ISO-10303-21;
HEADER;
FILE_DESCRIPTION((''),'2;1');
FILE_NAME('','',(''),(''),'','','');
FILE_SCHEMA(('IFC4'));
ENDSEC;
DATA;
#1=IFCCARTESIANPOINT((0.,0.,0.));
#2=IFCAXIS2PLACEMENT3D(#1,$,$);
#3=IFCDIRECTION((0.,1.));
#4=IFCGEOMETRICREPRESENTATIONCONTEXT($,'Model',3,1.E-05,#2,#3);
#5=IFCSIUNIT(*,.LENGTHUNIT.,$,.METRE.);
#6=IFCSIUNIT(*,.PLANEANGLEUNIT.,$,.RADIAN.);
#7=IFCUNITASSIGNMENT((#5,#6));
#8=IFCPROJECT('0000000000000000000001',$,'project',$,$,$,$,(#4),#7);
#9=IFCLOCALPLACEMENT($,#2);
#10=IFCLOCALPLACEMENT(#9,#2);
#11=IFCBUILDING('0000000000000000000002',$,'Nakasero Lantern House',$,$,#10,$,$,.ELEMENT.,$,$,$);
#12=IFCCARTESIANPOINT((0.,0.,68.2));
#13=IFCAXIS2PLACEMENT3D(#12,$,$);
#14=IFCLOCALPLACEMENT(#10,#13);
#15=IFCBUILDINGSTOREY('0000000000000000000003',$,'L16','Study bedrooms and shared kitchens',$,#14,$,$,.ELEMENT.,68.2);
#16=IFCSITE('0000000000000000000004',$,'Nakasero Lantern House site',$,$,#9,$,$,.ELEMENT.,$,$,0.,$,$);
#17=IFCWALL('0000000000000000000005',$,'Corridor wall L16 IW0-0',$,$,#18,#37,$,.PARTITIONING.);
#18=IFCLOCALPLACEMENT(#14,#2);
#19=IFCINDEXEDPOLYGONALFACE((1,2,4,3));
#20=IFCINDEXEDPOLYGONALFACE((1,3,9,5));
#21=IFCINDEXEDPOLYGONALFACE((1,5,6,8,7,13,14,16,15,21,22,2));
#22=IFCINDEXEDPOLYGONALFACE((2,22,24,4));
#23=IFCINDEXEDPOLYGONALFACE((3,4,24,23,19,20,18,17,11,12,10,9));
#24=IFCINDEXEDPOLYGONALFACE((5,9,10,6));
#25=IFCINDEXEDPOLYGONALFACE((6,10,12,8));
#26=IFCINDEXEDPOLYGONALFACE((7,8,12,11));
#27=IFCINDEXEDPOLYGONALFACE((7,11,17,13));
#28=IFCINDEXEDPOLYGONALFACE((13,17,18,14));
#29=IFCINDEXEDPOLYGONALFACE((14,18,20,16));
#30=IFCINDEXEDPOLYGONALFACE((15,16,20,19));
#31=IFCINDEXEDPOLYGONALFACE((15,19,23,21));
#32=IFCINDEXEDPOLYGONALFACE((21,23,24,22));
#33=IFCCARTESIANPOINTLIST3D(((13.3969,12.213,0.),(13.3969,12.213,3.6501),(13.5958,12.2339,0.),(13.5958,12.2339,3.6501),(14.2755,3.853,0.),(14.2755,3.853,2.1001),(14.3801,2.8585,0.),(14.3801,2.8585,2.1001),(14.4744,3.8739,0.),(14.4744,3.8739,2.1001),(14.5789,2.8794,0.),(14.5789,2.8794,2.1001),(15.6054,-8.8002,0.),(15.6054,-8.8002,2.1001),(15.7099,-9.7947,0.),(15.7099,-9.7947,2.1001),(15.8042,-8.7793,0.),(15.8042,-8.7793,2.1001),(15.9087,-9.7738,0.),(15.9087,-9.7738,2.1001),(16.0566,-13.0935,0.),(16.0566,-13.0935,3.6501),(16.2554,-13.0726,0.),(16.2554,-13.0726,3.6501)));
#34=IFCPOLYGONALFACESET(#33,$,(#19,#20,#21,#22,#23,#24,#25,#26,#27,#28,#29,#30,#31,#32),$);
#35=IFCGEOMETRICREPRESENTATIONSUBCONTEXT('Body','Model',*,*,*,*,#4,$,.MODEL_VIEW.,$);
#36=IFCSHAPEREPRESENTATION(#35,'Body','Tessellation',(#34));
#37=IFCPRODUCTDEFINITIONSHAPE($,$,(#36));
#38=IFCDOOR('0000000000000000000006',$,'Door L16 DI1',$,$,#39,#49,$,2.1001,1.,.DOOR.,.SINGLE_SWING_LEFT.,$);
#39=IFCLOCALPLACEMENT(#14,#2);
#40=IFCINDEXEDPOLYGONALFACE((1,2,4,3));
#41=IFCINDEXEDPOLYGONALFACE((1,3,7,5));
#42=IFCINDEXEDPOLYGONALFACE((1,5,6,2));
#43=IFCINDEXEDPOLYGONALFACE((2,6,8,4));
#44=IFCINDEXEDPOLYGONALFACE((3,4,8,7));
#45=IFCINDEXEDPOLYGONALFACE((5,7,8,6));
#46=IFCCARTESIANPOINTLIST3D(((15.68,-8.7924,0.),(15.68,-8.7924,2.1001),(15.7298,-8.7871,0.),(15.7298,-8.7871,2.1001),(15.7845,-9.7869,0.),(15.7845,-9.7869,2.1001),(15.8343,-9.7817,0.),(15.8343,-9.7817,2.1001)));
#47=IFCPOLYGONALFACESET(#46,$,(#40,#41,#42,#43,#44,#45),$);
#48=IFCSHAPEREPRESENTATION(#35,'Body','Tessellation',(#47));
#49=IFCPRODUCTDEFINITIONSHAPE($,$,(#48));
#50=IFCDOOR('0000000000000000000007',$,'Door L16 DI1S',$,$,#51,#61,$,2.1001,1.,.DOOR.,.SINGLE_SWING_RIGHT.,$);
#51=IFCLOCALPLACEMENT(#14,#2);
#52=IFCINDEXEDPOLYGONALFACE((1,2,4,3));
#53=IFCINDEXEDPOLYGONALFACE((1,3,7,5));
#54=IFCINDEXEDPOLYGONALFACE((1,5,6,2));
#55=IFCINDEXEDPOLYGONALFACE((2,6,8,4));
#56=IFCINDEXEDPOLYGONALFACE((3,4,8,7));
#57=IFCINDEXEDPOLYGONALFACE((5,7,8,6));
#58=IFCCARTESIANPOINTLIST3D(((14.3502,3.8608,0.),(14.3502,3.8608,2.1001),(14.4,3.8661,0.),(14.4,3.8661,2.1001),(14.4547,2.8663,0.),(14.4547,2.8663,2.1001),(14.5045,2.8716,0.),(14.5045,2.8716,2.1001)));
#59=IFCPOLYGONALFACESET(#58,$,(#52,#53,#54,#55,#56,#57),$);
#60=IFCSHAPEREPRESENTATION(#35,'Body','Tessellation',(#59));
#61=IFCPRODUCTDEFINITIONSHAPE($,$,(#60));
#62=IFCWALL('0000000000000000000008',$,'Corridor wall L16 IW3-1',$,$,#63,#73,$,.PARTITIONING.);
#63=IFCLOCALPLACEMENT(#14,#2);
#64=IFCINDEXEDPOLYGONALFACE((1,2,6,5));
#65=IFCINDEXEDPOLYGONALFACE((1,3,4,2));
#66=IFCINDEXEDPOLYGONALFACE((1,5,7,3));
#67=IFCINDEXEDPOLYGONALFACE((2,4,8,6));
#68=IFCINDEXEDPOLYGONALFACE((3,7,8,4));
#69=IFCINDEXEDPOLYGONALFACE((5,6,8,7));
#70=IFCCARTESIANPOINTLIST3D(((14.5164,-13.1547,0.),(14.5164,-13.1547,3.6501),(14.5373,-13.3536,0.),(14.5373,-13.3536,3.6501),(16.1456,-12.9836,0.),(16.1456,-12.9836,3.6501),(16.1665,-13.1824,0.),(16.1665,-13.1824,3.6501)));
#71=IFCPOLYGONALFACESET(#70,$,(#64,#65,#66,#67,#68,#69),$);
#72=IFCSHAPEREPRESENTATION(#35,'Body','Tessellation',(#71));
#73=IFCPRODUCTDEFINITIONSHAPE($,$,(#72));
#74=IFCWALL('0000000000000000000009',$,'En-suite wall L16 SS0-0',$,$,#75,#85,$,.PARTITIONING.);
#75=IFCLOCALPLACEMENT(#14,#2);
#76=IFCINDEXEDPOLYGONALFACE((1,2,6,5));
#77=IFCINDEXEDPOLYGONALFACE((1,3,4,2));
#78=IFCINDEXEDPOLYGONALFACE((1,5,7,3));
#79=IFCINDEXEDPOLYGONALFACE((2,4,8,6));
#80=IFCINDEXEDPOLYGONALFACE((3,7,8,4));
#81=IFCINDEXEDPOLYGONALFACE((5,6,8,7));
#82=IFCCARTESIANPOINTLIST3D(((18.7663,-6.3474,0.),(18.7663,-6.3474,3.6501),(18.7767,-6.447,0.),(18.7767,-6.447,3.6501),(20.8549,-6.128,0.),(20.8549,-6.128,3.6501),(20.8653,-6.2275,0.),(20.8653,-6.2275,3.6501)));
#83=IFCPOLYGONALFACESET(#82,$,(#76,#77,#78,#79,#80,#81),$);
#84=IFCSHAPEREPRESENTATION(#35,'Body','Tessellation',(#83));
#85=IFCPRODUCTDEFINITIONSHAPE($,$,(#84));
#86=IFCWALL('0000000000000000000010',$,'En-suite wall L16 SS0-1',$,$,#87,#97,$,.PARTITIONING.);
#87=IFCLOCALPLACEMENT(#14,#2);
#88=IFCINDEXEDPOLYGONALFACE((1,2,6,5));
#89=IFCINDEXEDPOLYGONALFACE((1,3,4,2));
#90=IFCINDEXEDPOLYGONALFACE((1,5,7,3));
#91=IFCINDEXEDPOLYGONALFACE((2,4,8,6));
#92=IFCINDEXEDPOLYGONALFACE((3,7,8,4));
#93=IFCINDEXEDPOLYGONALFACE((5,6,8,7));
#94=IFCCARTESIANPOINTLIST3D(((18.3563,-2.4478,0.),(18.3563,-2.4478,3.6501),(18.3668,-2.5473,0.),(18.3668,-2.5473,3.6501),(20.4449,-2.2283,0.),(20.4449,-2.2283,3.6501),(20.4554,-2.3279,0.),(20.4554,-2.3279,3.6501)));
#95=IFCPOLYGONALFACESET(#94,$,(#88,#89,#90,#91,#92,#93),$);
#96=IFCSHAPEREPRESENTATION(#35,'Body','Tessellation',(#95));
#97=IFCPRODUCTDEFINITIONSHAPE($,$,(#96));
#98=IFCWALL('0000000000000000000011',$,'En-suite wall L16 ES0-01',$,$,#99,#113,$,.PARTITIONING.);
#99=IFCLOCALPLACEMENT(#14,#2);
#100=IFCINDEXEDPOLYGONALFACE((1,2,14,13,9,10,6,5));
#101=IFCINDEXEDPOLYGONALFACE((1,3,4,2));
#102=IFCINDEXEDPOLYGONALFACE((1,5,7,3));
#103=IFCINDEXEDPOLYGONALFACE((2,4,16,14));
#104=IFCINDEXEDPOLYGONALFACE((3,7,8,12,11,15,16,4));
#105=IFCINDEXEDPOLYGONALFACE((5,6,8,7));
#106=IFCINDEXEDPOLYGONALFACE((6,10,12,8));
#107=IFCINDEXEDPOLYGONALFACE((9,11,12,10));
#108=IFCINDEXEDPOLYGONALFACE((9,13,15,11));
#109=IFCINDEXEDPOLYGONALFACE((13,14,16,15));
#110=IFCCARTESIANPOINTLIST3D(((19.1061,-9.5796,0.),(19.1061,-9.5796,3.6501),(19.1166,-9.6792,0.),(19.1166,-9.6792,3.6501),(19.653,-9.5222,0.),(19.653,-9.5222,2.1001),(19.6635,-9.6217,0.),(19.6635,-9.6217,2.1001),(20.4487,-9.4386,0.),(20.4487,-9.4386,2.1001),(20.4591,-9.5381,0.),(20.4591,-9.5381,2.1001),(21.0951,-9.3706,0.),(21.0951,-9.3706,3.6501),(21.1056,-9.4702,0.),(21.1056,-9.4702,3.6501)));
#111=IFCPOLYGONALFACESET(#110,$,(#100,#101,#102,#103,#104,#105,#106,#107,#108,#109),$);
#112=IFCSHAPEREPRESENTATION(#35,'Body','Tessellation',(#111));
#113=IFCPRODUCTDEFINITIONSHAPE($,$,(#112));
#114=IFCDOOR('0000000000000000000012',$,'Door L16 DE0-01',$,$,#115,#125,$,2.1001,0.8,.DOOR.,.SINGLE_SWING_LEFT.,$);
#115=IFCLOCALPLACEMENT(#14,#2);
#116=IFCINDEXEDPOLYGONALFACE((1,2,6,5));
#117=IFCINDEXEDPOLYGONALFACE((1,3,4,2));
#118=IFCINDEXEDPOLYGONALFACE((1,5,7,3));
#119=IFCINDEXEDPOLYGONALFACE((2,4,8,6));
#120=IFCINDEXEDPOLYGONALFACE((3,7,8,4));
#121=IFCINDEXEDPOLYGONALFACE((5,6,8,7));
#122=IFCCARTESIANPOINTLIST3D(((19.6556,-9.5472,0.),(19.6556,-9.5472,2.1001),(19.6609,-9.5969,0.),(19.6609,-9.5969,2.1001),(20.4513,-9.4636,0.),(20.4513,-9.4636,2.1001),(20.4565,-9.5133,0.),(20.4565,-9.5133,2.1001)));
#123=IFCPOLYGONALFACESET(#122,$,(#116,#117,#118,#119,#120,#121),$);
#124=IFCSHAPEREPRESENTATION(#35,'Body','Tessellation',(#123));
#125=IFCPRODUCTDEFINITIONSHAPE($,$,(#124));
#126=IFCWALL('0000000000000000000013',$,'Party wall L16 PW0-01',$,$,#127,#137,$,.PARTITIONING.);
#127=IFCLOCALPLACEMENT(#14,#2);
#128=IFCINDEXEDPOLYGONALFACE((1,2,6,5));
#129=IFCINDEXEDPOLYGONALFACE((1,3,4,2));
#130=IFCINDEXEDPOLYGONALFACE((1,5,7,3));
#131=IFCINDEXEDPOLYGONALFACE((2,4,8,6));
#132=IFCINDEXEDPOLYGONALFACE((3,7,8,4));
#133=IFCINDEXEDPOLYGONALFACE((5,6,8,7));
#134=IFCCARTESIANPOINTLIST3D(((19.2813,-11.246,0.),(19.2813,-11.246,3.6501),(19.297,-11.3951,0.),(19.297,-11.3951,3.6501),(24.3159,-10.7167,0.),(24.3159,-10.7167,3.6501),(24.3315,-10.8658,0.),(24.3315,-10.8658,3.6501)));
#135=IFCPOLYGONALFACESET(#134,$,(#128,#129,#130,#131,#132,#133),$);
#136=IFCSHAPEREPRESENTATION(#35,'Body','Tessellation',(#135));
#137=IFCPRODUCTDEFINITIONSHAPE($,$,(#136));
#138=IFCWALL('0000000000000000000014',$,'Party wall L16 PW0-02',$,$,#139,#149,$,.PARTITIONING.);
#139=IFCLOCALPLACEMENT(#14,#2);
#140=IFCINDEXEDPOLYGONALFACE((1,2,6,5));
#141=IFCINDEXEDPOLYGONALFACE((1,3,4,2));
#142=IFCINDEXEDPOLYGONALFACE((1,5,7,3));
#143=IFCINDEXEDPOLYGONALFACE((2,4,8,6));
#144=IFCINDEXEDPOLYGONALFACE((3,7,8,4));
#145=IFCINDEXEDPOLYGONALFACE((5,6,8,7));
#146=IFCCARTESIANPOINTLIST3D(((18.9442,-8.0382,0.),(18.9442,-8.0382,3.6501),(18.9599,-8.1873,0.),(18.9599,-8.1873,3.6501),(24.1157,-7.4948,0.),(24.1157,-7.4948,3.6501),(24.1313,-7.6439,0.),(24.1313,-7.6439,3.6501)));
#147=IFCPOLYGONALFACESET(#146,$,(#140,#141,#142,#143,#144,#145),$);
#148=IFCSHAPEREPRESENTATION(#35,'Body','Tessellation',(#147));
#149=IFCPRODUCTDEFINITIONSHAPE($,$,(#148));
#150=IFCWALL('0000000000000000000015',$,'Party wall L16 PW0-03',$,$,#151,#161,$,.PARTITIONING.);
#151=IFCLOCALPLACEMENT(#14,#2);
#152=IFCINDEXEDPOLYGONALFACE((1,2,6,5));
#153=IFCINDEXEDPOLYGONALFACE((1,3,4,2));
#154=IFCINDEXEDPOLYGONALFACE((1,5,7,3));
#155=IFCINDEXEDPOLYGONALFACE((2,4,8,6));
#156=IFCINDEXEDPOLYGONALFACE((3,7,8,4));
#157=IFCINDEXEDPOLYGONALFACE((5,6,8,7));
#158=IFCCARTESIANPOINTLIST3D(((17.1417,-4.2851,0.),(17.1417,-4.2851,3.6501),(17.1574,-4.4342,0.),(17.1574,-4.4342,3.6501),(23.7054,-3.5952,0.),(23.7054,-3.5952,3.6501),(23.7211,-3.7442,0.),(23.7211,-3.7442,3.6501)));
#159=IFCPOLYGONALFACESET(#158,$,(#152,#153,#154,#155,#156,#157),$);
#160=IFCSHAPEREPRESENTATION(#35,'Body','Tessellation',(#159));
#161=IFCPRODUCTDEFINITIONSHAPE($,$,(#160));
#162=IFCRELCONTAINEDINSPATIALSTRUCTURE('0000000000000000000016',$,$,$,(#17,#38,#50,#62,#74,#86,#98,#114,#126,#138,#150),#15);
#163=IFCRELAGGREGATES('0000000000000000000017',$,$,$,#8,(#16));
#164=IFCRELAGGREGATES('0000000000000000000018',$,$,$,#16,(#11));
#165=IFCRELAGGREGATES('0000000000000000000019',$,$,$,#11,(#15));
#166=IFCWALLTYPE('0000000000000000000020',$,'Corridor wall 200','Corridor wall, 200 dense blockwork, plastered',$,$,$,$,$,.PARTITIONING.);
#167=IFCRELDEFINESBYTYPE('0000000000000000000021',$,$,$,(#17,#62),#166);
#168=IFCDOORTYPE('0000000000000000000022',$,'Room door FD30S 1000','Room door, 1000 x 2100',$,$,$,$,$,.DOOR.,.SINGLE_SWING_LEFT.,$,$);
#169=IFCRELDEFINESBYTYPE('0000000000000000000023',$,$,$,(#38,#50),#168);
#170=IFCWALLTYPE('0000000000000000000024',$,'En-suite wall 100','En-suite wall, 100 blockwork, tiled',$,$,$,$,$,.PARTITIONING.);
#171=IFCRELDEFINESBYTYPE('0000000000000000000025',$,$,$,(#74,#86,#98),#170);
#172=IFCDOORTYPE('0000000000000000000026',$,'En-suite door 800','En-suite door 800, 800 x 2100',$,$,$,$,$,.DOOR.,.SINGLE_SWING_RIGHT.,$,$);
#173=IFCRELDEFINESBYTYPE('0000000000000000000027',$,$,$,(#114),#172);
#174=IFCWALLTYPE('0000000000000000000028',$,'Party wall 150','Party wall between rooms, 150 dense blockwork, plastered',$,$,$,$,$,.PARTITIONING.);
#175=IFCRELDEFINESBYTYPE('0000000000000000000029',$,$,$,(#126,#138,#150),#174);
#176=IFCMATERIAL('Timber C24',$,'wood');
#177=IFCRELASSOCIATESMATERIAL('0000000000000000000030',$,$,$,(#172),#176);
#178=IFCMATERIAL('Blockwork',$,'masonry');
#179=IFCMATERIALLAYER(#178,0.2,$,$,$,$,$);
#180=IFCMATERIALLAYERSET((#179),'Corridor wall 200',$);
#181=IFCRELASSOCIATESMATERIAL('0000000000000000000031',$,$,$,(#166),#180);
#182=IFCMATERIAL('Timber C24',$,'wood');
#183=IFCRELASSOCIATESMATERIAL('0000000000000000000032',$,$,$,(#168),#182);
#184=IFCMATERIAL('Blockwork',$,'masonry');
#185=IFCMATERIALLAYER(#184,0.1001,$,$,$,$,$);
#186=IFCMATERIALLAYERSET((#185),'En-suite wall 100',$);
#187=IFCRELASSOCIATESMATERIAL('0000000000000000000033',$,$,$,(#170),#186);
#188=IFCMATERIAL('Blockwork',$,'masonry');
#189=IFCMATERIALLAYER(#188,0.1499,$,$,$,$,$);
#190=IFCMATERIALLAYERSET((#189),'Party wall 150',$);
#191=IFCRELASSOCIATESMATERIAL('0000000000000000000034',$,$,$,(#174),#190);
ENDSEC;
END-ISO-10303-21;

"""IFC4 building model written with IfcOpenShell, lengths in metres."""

from ifc_helpers import new_model, si_unit, direction, frame, frame_2d, origin, place, context, subcontext, project, spatial, rectangle, extrude, material, layer, layer_set, type_object, element, fill, save


model = new_model("IFC4")

# Units and contexts
model_context = context("Model", 3, precision=1e-05, world=origin(), true_north=direction((0.0, 1.0)))
body_context = subcontext(model_context, "Body", "Model", "MODEL_VIEW")
ifc_project = project(units=[si_unit("LENGTHUNIT", "METRE"), si_unit("PLANEANGLEUNIT", "RADIAN")], contexts=[model_context])

# Site, building, storey
site_placement = place(None, origin())
site = spatial("IfcSite", under=ifc_project, at=site_placement, Name="Nakasero Lantern House site", CompositionType="ELEMENT", RefElevation=0.0)
building_placement = place(site_placement, origin())
building = spatial("IfcBuilding", under=site, at=building_placement, Name="Nakasero Lantern House", CompositionType="ELEMENT")
storey_placement = place(building_placement, frame((0.0, 0.0, 68.2)))
storey = spatial("IfcBuildingStorey", under=building, at=storey_placement, Name="L16", Description="Study bedrooms and shared kitchens", CompositionType="ELEMENT", Elevation=68.2)

# Wall, openings, doors
ifc_material_1 = material(Name="Timber C24", Category="wood")
door_type_1 = type_object("IfcDoorType", Name="En-suite door 800", Description="En-suite door 800, 800 x 2100", OperationType="SINGLE_SWING_RIGHT", PredefinedType="DOOR", material=ifc_material_1)
ifc_material_2 = material(Name="Blockwork", Category="masonry")
ifc_layer_1 = layer(ifc_material_2, 0.2)
ifc_layer_set_1 = layer_set([ifc_layer_1], Name="Corridor wall 200")
wall_type_1 = type_object("IfcWallType", Name="Corridor wall 200", Description="Corridor wall, 200 dense blockwork, plastered", PredefinedType="PARTITIONING", material=ifc_layer_set_1)
wall_1_placement = place(storey_placement, frame((16.156, -13.083, 0.0), z_axis=(0.0, 0.0, 1.0), x_axis=(-0.104523, 0.994522, 0.0)))
wall_1 = element("IfcWall", 1, at=wall_1_placement, inside=storey, type_object=wall_type_1, Name="Corridor wall L16 IW0-0", PredefinedType="PARTITIONING", context=body_context, shape_type="SweptSolid", body=[
    extrude(rectangle(XDim=25.4458, YDim=0.2, at=frame_2d((12.7229, 0.0))), origin(), (0.0, 0.0, 1.0), 3.6501),
])
opening_1_placement = place(wall_1_placement, frame((3.3169, 0.0, 0.0)))
opening_1 = element("IfcOpeningElement", 2, at=opening_1_placement, cuts=wall_1, PredefinedType="OPENING", context=body_context, shape_type="SweptSolid", body=[
    extrude(rectangle(XDim=1.0, YDim=2.1001, at=frame_2d((0.5, 1.05))), frame((0.0, 0.1199, 0.0), z_axis=(0.0, -1.0, 0.0), x_axis=(1.0, 0.0, 0.0)), (0.0, 0.0, 1.0), 0.24),
])
opening_2_placement = place(wall_1_placement, frame((16.0398, 0.0, 0.0)))
opening_2 = element("IfcOpeningElement", 3, at=opening_2_placement, cuts=wall_1, PredefinedType="OPENING", context=body_context, shape_type="SweptSolid", body=[
    extrude(rectangle(XDim=1.0, YDim=2.1001, at=frame_2d((0.5, 1.05))), frame((0.0, 0.1199, 0.0), z_axis=(0.0, -1.0, 0.0), x_axis=(1.0, 0.0, 0.0)), (0.0, 0.0, 1.0), 0.24),
])
ifc_material_3 = material(Name="Timber C24", Category="wood")
door_type_2 = type_object("IfcDoorType", Name="Room door FD30S 1000", Description="Room door, 1000 x 2100", OperationType="SINGLE_SWING_LEFT", PredefinedType="DOOR", material=ifc_material_3)
door_1_placement = place(opening_1_placement, origin())
door_1 = element("IfcDoor", 4, at=door_1_placement, inside=storey, type_object=door_type_2, Name="Door L16 DI1", OperationType="SINGLE_SWING_LEFT", OverallHeight=2.1001, OverallWidth=1.0, PredefinedType="DOOR", context=body_context, shape_type="SweptSolid", body=[
    extrude(rectangle(XDim=1.0, YDim=2.1001, at=frame_2d((0.5, 1.05))), frame((0.0, 0.0249, 0.0), z_axis=(0.0, -1.0, 0.0), x_axis=(1.0, 0.0, 0.0)), (0.0, 0.0, 1.0), 0.05),
])
fill(opening_1, door_1)
door_2_placement = place(opening_2_placement, origin())
door_2 = element("IfcDoor", 5, at=door_2_placement, inside=storey, type_object=door_type_2, Name="Door L16 DI1S", OperationType="SINGLE_SWING_RIGHT", OverallHeight=2.1001, OverallWidth=1.0, PredefinedType="DOOR", context=body_context, shape_type="SweptSolid", body=[
    extrude(rectangle(XDim=1.0, YDim=2.1001, at=frame_2d((0.5, 1.05))), frame((0.0, 0.0249, 0.0), z_axis=(0.0, -1.0, 0.0), x_axis=(1.0, 0.0, 0.0)), (0.0, 0.0, 1.0), 0.05),
])
fill(opening_2, door_2)

# Walls
wall_2_placement = place(storey_placement, frame((14.5269, -13.2542, 0.0), z_axis=(0.0, 0.0, 1.0), x_axis=(0.994527, 0.104475, 0.0)))
element("IfcWall", 6, at=wall_2_placement, inside=storey, type_object=wall_type_1, Name="Corridor wall L16 IW3-1", PredefinedType="PARTITIONING", context=body_context, shape_type="SweptSolid", body=[
    extrude(rectangle(XDim=1.6382, YDim=0.2, at=frame_2d((0.8191, 0.0))), origin(), (0.0, 0.0, 1.0), 3.6501),
])
ifc_material_4 = material(Name="Blockwork", Category="masonry")
ifc_layer_2 = layer(ifc_material_4, 0.1001)
ifc_layer_set_2 = layer_set([ifc_layer_2], Name="En-suite wall 100")
wall_type_2 = type_object("IfcWallType", Name="En-suite wall 100", Description="En-suite wall, 100 blockwork, tiled", PredefinedType="PARTITIONING", material=ifc_layer_set_2)
for number, where, z_axis, x_axis, name in (
    (7, (18.7715, -6.3972, 0.0), (0.0, 0.0, 1.0), (0.994524, 0.104509, 0.0), "En-suite wall L16 SS0-0"),
    (8, (18.3616, -2.4976, 0.0), (0.0, 0.0, 1.0), (0.994524, 0.104509, 0.0), "En-suite wall L16 SS0-1"),
):
    element("IfcWall", number, at=place(storey_placement, frame(where, z_axis=z_axis, x_axis=x_axis)), inside=storey, type_object=wall_type_2, Name=name, PredefinedType="PARTITIONING", context=body_context, shape_type="SweptSolid", body=[
        extrude(rectangle(XDim=2.1001, YDim=0.1001, at=frame_2d((1.05, 0.0))), origin(), (0.0, 0.0, 1.0), 3.6501),
    ])

# Wall, opening, door
wall_3_placement = place(storey_placement, frame((19.1113, -9.6294, 0.0), z_axis=(0.0, 0.0, 1.0), x_axis=(0.994526, 0.104494, 0.0)))
wall_3 = element("IfcWall", 9, at=wall_3_placement, inside=storey, type_object=wall_type_2, Name="En-suite wall L16 ES0-01", PredefinedType="PARTITIONING", context=body_context, shape_type="SweptSolid", body=[
    extrude(rectangle(XDim=2.0, YDim=0.1001, at=frame_2d((1.0, 0.0))), origin(), (0.0, 0.0, 1.0), 3.6501),
])
opening_3_placement = place(wall_3_placement, frame((0.55, 0.0, 0.0)))
opening_3 = element("IfcOpeningElement", 10, at=opening_3_placement, cuts=wall_3, PredefinedType="OPENING", context=body_context, shape_type="SweptSolid", body=[
    extrude(rectangle(XDim=0.8, YDim=2.1001, at=frame_2d((0.3999, 1.05))), frame((0.0, 0.0701, 0.0), z_axis=(0.0, -1.0, 0.0), x_axis=(1.0, 0.0, 0.0)), (0.0, 0.0, 1.0), 0.1401),
])
door_3_placement = place(opening_3_placement, origin())
door_3 = element("IfcDoor", 11, at=door_3_placement, inside=storey, type_object=door_type_1, Name="Door L16 DE0-01", OperationType="SINGLE_SWING_LEFT", OverallHeight=2.1001, OverallWidth=0.8, PredefinedType="DOOR", context=body_context, shape_type="SweptSolid", body=[
    extrude(rectangle(XDim=0.8, YDim=2.1001, at=frame_2d((0.3999, 1.05))), frame((0.0, 0.0249, 0.0), z_axis=(0.0, -1.0, 0.0), x_axis=(1.0, 0.0, 0.0)), (0.0, 0.0, 1.0), 0.05),
])
fill(opening_3, door_3)

# Walls
ifc_material_5 = material(Name="Blockwork", Category="masonry")
ifc_layer_3 = layer(ifc_material_5, 0.1499)
ifc_layer_set_3 = layer_set([ifc_layer_3], Name="Party wall 150")
wall_type_3 = type_object("IfcWallType", Name="Party wall 150", Description="Party wall between rooms, 150 dense blockwork, plastered", PredefinedType="PARTITIONING", material=ifc_layer_set_3)
wall_4_placement = place(storey_placement, frame((19.2891, -11.3206, 0.0), z_axis=(0.0, 0.0, 1.0), x_axis=(0.994519, 0.104559, 0.0)))
element("IfcWall", 12, at=wall_4_placement, inside=storey, type_object=wall_type_3, Name="Party wall L16 PW0-01", PredefinedType="PARTITIONING", context=body_context, shape_type="SweptSolid", body=[
    extrude(rectangle(XDim=5.0623, YDim=0.1499, at=frame_2d((2.5312, 0.0))), origin(), (0.0, 0.0, 1.0), 3.6501),
])
wall_5_placement = place(storey_placement, frame((18.9519, -8.1128, 0.0), z_axis=(0.0, 0.0, 1.0), x_axis=(0.994523, 0.104514, 0.0)))
element("IfcWall", 13, at=wall_5_placement, inside=storey, type_object=wall_type_3, Name="Party wall L16 PW0-02", PredefinedType="PARTITIONING", context=body_context, shape_type="SweptSolid", body=[
    extrude(rectangle(XDim=5.2, YDim=0.1499, at=frame_2d((2.6001, 0.0))), origin(), (0.0, 0.0, 1.0), 3.6501),
])
wall_6_placement = place(storey_placement, frame((17.1497, -4.3596, 0.0), z_axis=(0.0, 0.0, 1.0), x_axis=(0.994521, 0.104538, 0.0)))
element("IfcWall", 14, at=wall_6_placement, inside=storey, type_object=wall_type_3, Name="Party wall L16 PW0-03", PredefinedType="PARTITIONING", context=body_context, shape_type="SweptSolid", body=[
    extrude(rectangle(XDim=6.5999, YDim=0.1499, at=frame_2d((3.2998, 0.0))), origin(), (0.0, 0.0, 1.0), 3.6501),
])

save(model, "model.ifc")
